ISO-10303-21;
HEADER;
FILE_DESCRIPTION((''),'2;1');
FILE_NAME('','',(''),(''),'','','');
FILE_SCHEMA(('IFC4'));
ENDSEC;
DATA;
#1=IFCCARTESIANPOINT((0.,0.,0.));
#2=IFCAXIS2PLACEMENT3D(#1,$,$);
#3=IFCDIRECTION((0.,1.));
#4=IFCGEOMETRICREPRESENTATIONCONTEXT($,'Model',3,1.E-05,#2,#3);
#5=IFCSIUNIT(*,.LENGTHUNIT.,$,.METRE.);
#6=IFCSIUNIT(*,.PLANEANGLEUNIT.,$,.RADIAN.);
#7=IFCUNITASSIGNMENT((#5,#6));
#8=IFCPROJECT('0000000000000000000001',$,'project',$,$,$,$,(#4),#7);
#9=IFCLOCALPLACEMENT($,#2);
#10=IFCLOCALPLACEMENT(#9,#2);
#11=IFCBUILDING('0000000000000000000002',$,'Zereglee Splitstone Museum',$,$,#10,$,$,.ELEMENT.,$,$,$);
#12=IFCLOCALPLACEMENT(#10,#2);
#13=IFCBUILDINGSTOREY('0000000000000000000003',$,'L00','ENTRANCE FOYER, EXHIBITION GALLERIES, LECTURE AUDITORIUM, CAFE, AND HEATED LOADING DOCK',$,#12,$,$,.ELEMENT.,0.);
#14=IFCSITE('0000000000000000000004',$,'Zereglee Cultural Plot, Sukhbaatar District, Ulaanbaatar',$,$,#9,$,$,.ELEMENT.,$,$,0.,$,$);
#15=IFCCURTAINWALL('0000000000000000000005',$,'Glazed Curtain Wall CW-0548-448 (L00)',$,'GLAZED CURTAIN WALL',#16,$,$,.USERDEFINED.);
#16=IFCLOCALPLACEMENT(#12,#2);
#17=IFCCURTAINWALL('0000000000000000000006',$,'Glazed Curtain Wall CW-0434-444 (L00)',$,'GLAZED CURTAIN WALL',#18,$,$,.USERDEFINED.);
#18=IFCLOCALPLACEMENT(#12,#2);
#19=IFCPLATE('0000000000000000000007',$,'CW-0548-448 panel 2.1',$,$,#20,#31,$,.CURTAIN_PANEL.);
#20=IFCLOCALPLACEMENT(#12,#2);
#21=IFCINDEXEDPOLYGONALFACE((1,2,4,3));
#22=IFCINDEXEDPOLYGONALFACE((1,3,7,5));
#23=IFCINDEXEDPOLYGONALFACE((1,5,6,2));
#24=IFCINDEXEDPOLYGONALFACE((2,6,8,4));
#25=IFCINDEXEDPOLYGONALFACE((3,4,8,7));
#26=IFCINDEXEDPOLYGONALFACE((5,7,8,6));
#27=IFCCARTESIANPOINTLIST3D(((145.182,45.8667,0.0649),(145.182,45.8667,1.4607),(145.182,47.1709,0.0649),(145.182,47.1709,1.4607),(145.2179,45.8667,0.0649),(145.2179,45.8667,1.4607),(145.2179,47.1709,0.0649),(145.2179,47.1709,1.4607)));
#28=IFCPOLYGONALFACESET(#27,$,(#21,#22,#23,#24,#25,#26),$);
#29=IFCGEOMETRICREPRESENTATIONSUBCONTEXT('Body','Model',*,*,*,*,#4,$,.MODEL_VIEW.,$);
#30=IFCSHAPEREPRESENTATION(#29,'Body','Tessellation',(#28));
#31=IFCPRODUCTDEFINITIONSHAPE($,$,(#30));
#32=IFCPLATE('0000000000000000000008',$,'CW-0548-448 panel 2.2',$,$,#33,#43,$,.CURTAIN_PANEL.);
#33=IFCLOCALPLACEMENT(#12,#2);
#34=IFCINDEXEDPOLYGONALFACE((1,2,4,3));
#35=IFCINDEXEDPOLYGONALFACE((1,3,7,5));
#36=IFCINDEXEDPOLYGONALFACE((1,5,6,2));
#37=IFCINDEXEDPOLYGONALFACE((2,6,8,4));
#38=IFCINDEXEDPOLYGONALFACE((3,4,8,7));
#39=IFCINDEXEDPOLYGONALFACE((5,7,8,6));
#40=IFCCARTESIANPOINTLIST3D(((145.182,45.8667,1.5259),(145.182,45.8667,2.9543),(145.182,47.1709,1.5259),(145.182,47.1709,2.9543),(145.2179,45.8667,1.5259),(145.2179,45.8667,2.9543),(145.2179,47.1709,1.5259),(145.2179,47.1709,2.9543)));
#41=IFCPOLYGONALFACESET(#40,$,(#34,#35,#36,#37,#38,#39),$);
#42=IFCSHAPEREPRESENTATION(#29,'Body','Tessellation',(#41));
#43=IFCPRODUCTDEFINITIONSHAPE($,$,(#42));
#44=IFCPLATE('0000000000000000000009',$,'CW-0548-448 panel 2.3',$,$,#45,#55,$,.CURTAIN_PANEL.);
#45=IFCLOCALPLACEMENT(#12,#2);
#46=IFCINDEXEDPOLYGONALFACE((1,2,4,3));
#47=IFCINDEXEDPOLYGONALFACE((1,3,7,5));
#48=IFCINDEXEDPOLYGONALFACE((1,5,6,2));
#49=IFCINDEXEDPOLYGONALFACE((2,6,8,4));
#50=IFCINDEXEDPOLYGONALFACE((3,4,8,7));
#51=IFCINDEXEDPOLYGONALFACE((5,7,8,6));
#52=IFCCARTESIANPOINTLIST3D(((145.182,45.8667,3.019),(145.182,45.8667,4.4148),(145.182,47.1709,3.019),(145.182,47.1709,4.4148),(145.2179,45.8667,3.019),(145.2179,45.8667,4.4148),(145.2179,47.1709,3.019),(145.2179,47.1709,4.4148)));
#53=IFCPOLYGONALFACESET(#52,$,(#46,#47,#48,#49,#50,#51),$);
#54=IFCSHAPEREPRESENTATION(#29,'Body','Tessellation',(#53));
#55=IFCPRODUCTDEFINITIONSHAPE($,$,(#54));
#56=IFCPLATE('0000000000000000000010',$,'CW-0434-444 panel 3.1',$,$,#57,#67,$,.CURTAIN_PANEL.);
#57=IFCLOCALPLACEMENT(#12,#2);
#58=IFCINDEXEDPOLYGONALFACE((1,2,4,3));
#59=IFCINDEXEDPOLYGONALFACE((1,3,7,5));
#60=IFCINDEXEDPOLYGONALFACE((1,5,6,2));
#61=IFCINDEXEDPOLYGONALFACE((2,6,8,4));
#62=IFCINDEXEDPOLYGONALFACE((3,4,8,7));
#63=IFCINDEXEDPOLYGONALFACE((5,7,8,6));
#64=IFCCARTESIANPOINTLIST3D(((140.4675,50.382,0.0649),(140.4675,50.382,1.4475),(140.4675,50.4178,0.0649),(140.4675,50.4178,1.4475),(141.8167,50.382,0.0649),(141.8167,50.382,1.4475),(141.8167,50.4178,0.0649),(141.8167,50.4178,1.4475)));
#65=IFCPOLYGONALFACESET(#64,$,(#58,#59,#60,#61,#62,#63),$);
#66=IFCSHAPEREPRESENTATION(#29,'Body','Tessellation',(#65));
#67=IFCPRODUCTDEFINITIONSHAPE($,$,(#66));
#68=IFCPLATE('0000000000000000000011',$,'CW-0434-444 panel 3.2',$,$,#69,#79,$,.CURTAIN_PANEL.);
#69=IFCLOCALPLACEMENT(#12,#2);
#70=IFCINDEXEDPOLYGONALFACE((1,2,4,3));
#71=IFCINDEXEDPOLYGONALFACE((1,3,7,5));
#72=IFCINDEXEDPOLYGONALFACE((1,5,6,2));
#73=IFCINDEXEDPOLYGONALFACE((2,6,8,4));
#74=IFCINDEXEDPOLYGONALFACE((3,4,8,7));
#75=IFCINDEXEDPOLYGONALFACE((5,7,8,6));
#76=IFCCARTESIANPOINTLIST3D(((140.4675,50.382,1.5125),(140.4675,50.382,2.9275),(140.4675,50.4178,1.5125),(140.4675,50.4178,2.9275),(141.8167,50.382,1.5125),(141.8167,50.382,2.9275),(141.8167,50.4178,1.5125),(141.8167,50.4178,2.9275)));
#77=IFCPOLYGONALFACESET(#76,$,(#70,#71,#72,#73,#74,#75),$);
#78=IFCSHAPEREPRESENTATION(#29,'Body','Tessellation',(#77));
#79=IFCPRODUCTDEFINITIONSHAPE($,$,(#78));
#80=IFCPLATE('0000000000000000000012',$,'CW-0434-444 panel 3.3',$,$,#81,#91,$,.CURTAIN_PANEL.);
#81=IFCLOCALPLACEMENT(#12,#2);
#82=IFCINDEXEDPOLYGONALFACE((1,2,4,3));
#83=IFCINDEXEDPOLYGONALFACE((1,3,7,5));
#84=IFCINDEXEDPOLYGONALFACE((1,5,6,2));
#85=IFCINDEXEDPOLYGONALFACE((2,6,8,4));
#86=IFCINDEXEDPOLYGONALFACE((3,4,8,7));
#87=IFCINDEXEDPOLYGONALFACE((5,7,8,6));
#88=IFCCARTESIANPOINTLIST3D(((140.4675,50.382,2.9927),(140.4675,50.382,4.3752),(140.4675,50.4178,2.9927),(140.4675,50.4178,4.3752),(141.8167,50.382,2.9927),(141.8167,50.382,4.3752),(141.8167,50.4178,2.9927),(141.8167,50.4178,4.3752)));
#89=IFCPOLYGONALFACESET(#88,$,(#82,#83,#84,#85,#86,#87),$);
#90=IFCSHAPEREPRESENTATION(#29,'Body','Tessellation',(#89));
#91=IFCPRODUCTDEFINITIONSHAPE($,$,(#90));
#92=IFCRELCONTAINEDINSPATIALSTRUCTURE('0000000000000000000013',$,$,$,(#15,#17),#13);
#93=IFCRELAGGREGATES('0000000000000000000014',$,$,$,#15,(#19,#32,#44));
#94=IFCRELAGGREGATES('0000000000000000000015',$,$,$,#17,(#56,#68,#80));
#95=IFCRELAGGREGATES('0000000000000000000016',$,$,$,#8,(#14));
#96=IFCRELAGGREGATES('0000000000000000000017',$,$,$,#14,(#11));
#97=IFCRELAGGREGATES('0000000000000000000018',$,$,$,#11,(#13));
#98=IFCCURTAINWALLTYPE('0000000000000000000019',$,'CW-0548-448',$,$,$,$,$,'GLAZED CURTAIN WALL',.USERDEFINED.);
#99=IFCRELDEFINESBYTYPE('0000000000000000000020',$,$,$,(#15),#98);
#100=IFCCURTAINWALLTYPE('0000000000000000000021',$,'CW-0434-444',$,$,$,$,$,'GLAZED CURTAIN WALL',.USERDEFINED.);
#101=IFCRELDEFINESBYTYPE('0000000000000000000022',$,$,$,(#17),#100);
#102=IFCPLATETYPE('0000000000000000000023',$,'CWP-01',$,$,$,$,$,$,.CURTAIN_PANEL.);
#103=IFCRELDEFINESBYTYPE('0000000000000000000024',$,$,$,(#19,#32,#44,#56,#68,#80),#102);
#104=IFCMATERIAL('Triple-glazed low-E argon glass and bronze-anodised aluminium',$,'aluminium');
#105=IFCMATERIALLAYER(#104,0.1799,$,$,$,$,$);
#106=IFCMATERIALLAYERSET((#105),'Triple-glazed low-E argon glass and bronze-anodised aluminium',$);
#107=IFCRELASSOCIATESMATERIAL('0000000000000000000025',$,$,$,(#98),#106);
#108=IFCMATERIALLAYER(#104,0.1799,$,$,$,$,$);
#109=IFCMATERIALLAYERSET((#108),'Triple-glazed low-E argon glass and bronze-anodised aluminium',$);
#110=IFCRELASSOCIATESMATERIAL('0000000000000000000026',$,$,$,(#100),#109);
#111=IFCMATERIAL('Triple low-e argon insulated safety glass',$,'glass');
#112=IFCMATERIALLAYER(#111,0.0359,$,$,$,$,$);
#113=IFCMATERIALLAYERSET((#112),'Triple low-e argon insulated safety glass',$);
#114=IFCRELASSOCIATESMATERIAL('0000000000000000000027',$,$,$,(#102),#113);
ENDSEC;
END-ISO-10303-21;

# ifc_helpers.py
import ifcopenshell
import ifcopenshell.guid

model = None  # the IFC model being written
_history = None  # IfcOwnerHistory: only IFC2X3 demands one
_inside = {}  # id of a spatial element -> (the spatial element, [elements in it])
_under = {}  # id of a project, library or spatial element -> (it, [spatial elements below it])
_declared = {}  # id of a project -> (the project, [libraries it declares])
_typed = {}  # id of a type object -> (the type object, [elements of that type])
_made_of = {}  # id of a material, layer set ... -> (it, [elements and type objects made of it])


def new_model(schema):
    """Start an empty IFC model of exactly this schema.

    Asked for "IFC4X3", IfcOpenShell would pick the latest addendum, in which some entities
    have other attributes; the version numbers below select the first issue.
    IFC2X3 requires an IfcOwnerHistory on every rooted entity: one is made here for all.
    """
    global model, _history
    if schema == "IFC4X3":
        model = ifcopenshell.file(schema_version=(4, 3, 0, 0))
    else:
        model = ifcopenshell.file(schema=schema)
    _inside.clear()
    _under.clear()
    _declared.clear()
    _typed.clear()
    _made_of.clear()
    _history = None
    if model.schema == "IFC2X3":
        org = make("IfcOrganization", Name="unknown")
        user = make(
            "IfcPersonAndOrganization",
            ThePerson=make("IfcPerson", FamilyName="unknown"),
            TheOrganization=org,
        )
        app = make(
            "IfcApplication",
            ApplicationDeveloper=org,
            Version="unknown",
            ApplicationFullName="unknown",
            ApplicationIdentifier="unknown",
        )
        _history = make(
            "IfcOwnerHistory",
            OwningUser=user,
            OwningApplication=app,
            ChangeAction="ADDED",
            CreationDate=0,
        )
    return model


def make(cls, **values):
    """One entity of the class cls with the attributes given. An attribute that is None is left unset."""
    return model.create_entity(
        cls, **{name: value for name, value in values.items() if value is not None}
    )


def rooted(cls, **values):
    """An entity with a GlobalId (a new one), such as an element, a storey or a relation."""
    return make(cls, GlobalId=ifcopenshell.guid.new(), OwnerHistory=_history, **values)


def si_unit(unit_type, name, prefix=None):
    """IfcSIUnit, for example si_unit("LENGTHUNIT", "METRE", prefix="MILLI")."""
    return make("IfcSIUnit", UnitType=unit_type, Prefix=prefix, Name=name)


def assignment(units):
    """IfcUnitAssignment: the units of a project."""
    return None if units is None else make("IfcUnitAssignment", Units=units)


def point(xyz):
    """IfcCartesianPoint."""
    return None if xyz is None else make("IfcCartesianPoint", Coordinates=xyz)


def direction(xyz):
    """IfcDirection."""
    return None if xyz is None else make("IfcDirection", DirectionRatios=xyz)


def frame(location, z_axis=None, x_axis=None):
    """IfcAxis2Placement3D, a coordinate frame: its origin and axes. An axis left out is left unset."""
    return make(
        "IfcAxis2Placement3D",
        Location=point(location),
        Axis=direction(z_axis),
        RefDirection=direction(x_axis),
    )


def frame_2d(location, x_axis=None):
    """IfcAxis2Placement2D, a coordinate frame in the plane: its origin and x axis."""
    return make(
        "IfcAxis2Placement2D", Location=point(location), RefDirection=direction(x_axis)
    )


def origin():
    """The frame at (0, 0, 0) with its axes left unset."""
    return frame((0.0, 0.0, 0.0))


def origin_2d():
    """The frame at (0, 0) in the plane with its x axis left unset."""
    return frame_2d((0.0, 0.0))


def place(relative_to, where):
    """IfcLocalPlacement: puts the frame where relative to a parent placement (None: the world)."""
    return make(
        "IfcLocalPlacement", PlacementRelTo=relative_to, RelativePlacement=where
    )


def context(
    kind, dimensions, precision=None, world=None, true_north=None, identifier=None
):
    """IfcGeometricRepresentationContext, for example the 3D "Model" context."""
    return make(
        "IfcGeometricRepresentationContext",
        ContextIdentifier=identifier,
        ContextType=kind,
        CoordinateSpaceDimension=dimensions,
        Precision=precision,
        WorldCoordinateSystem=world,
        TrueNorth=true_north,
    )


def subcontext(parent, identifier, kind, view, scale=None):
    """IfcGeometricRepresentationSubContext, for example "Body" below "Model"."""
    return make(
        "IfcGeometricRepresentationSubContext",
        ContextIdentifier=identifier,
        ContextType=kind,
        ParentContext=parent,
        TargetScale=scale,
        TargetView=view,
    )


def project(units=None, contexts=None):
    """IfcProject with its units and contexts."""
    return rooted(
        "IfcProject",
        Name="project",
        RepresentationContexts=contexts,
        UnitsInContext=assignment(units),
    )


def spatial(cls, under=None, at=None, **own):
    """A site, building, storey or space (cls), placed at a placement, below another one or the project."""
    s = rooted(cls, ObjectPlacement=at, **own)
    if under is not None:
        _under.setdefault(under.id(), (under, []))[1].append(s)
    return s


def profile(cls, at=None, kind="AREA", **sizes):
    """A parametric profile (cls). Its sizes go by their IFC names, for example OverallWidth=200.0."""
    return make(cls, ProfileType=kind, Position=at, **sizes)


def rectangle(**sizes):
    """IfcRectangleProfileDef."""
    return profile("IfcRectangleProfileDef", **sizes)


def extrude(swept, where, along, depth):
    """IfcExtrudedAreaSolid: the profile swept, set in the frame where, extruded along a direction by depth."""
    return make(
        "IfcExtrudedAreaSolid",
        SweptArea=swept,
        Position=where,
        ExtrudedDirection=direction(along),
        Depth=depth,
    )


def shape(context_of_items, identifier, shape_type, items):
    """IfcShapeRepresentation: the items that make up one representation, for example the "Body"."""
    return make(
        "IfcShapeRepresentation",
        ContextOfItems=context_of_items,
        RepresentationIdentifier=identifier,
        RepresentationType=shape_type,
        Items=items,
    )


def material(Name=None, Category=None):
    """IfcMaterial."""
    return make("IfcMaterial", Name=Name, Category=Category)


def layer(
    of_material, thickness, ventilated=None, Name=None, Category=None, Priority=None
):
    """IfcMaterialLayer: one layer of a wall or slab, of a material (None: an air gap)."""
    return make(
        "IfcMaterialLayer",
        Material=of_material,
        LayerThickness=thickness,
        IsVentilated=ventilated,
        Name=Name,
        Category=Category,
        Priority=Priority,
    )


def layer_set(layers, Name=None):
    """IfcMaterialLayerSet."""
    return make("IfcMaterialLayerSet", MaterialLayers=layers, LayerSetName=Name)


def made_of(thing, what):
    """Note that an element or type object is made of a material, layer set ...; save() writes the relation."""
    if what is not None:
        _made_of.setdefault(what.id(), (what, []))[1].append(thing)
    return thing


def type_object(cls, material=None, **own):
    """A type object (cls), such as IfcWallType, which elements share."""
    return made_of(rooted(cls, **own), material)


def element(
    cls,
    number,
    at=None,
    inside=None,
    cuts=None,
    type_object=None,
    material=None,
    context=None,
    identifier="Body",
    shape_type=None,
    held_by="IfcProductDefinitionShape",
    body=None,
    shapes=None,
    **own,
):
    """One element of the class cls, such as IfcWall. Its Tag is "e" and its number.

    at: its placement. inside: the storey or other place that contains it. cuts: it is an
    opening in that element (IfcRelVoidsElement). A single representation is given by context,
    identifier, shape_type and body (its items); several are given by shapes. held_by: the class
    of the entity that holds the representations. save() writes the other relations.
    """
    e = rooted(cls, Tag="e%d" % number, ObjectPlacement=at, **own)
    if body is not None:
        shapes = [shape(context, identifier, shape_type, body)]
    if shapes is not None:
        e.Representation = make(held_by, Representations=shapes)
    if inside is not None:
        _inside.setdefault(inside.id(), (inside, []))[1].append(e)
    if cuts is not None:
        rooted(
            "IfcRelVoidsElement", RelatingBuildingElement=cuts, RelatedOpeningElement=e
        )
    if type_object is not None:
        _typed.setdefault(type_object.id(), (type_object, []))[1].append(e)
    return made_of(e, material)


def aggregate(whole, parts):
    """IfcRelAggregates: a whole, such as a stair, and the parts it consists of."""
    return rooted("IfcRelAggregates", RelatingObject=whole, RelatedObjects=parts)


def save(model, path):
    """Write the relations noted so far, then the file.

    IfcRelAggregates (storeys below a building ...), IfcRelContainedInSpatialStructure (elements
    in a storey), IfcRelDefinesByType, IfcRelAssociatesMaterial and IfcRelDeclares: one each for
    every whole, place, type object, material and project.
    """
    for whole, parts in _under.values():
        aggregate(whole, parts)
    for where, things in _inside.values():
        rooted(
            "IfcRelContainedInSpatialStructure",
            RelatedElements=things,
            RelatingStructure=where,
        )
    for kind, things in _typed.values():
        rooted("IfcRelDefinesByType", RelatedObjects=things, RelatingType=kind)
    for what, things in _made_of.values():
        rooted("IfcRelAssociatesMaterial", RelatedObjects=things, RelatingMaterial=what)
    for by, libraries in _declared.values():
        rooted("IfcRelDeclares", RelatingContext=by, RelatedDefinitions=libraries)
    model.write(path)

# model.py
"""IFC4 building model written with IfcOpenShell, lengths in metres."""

from ifc_helpers import new_model, si_unit, direction, frame, origin, origin_2d, place, context, subcontext, project, spatial, rectangle, extrude, material, layer, layer_set, type_object, element, aggregate, save


model = new_model("IFC4")

# Units and contexts
model_context = context("Model", 3, precision=1e-05, world=origin(), true_north=direction((0.0, 1.0)))
body_context = subcontext(model_context, "Body", "Model", "MODEL_VIEW")
ifc_project = project(units=[si_unit("LENGTHUNIT", "METRE"), si_unit("PLANEANGLEUNIT", "RADIAN")], contexts=[model_context])

# Site, building, storey
site_placement = place(None, origin())
site = spatial("IfcSite", under=ifc_project, at=site_placement, Name="Zereglee Cultural Plot, Sukhbaatar District, Ulaanbaatar", CompositionType="ELEMENT", RefElevation=0.0)
building_placement = place(site_placement, origin())
building = spatial("IfcBuilding", under=site, at=building_placement, Name="Zereglee Splitstone Museum", CompositionType="ELEMENT")
storey_placement = place(building_placement, origin())
storey = spatial("IfcBuildingStorey", under=building, at=storey_placement, Name="L00", Description="ENTRANCE FOYER, EXHIBITION GALLERIES, LECTURE AUDITORIUM, CAFE, AND HEATED LOADING DOCK", CompositionType="ELEMENT", Elevation=0.0)

# Curtain walls
ifc_material_1 = material(Name="Triple-glazed low-E argon glass and bronze-anodised aluminium", Category="aluminium")
ifc_layer_1 = layer(ifc_material_1, 0.1799)
ifc_layer_set_1 = layer_set([ifc_layer_1], Name="Triple-glazed low-E argon glass and bronze-anodised aluminium")
curtain_wall_type_1 = type_object("IfcCurtainWallType", Name="CW-0548-448", ElementType="GLAZED CURTAIN WALL", PredefinedType="USERDEFINED", material=ifc_layer_set_1)
curtain_wall_1_placement = place(storey_placement, origin())
curtain_wall_1 = element("IfcCurtainWall", 1, at=curtain_wall_1_placement, inside=storey, type_object=curtain_wall_type_1, Name="Glazed Curtain Wall CW-0548-448 (L00)", ObjectType="GLAZED CURTAIN WALL", PredefinedType="USERDEFINED")
ifc_layer_2 = layer(ifc_material_1, 0.1799)
ifc_layer_set_2 = layer_set([ifc_layer_2], Name="Triple-glazed low-E argon glass and bronze-anodised aluminium")
curtain_wall_type_2 = type_object("IfcCurtainWallType", Name="CW-0434-444", ElementType="GLAZED CURTAIN WALL", PredefinedType="USERDEFINED", material=ifc_layer_set_2)
curtain_wall_2_placement = place(storey_placement, origin())
curtain_wall_2 = element("IfcCurtainWall", 2, at=curtain_wall_2_placement, inside=storey, type_object=curtain_wall_type_2, Name="Glazed Curtain Wall CW-0434-444 (L00)", ObjectType="GLAZED CURTAIN WALL", PredefinedType="USERDEFINED")

# Plates
ifc_material_2 = material(Name="Triple low-e argon insulated safety glass", Category="glass")
ifc_layer_3 = layer(ifc_material_2, 0.0359)
ifc_layer_set_3 = layer_set([ifc_layer_3], Name="Triple low-e argon insulated safety glass")
plate_type = type_object("IfcPlateType", Name="CWP-01", PredefinedType="CURTAIN_PANEL", material=ifc_layer_set_3)
plate_1_placement = place(storey_placement, frame((145.2, 46.5188, 0.0649), z_axis=(0.0, 0.0, 1.0), x_axis=(0.0, 1.0, 0.0)))
plate_1 = element("IfcPlate", 3, at=plate_1_placement, type_object=plate_type, Name="CW-0548-448 panel 2.1", PredefinedType="CURTAIN_PANEL", context=body_context, shape_type="SweptSolid", body=[
    extrude(rectangle(XDim=1.3042, YDim=0.0359, at=origin_2d()), origin(), (0.0, 0.0, 1.0), 1.3958),
])
plate_2_placement = place(storey_placement, frame((145.2, 46.5188, 1.5259), z_axis=(0.0, 0.0, 1.0), x_axis=(0.0, 1.0, 0.0)))
plate_2 = element("IfcPlate", 4, at=plate_2_placement, type_object=plate_type, Name="CW-0548-448 panel 2.2", PredefinedType="CURTAIN_PANEL", context=body_context, shape_type="SweptSolid", body=[
    extrude(rectangle(XDim=1.3042, YDim=0.0359, at=origin_2d()), origin(), (0.0, 0.0, 1.0), 1.4285),
])
plate_3_placement = place(storey_placement, frame((145.2, 46.5188, 3.019), z_axis=(0.0, 0.0, 1.0), x_axis=(0.0, 1.0, 0.0)))
plate_3 = element("IfcPlate", 5, at=plate_3_placement, type_object=plate_type, Name="CW-0548-448 panel 2.3", PredefinedType="CURTAIN_PANEL", context=body_context, shape_type="SweptSolid", body=[
    extrude(rectangle(XDim=1.3042, YDim=0.0359, at=origin_2d()), origin(), (0.0, 0.0, 1.0), 1.3958),
])
aggregate(curtain_wall_1, [plate_1, plate_2, plate_3])
plate_4_placement = place(storey_placement, frame((141.1421, 50.3999, 0.0649), z_axis=(0.0, 0.0, 1.0), x_axis=(-1.0, 0.0, 0.0)))
plate_4 = element("IfcPlate", 6, at=plate_4_placement, type_object=plate_type, Name="CW-0434-444 panel 3.1", PredefinedType="CURTAIN_PANEL", context=body_context, shape_type="SweptSolid", body=[
    extrude(rectangle(XDim=1.3491, YDim=0.0359, at=origin_2d()), origin(), (0.0, 0.0, 1.0), 1.3826),
])
plate_5_placement = place(storey_placement, frame((141.1421, 50.3999, 1.5125), z_axis=(0.0, 0.0, 1.0), x_axis=(-1.0, 0.0, 0.0)))
plate_5 = element("IfcPlate", 7, at=plate_5_placement, type_object=plate_type, Name="CW-0434-444 panel 3.2", PredefinedType="CURTAIN_PANEL", context=body_context, shape_type="SweptSolid", body=[
    extrude(rectangle(XDim=1.3491, YDim=0.0359, at=origin_2d()), origin(), (0.0, 0.0, 1.0), 1.415),
])
plate_6_placement = place(storey_placement, frame((141.1421, 50.3999, 2.9927), z_axis=(0.0, 0.0, 1.0), x_axis=(-1.0, 0.0, 0.0)))
plate_6 = element("IfcPlate", 8, at=plate_6_placement, type_object=plate_type, Name="CW-0434-444 panel 3.3", PredefinedType="CURTAIN_PANEL", context=body_context, shape_type="SweptSolid", body=[
    extrude(rectangle(XDim=1.3491, YDim=0.0359, at=origin_2d()), origin(), (0.0, 0.0, 1.0), 1.3826),
])
aggregate(curtain_wall_2, [plate_4, plate_5, plate_6])

save(model, "model.ifc")
